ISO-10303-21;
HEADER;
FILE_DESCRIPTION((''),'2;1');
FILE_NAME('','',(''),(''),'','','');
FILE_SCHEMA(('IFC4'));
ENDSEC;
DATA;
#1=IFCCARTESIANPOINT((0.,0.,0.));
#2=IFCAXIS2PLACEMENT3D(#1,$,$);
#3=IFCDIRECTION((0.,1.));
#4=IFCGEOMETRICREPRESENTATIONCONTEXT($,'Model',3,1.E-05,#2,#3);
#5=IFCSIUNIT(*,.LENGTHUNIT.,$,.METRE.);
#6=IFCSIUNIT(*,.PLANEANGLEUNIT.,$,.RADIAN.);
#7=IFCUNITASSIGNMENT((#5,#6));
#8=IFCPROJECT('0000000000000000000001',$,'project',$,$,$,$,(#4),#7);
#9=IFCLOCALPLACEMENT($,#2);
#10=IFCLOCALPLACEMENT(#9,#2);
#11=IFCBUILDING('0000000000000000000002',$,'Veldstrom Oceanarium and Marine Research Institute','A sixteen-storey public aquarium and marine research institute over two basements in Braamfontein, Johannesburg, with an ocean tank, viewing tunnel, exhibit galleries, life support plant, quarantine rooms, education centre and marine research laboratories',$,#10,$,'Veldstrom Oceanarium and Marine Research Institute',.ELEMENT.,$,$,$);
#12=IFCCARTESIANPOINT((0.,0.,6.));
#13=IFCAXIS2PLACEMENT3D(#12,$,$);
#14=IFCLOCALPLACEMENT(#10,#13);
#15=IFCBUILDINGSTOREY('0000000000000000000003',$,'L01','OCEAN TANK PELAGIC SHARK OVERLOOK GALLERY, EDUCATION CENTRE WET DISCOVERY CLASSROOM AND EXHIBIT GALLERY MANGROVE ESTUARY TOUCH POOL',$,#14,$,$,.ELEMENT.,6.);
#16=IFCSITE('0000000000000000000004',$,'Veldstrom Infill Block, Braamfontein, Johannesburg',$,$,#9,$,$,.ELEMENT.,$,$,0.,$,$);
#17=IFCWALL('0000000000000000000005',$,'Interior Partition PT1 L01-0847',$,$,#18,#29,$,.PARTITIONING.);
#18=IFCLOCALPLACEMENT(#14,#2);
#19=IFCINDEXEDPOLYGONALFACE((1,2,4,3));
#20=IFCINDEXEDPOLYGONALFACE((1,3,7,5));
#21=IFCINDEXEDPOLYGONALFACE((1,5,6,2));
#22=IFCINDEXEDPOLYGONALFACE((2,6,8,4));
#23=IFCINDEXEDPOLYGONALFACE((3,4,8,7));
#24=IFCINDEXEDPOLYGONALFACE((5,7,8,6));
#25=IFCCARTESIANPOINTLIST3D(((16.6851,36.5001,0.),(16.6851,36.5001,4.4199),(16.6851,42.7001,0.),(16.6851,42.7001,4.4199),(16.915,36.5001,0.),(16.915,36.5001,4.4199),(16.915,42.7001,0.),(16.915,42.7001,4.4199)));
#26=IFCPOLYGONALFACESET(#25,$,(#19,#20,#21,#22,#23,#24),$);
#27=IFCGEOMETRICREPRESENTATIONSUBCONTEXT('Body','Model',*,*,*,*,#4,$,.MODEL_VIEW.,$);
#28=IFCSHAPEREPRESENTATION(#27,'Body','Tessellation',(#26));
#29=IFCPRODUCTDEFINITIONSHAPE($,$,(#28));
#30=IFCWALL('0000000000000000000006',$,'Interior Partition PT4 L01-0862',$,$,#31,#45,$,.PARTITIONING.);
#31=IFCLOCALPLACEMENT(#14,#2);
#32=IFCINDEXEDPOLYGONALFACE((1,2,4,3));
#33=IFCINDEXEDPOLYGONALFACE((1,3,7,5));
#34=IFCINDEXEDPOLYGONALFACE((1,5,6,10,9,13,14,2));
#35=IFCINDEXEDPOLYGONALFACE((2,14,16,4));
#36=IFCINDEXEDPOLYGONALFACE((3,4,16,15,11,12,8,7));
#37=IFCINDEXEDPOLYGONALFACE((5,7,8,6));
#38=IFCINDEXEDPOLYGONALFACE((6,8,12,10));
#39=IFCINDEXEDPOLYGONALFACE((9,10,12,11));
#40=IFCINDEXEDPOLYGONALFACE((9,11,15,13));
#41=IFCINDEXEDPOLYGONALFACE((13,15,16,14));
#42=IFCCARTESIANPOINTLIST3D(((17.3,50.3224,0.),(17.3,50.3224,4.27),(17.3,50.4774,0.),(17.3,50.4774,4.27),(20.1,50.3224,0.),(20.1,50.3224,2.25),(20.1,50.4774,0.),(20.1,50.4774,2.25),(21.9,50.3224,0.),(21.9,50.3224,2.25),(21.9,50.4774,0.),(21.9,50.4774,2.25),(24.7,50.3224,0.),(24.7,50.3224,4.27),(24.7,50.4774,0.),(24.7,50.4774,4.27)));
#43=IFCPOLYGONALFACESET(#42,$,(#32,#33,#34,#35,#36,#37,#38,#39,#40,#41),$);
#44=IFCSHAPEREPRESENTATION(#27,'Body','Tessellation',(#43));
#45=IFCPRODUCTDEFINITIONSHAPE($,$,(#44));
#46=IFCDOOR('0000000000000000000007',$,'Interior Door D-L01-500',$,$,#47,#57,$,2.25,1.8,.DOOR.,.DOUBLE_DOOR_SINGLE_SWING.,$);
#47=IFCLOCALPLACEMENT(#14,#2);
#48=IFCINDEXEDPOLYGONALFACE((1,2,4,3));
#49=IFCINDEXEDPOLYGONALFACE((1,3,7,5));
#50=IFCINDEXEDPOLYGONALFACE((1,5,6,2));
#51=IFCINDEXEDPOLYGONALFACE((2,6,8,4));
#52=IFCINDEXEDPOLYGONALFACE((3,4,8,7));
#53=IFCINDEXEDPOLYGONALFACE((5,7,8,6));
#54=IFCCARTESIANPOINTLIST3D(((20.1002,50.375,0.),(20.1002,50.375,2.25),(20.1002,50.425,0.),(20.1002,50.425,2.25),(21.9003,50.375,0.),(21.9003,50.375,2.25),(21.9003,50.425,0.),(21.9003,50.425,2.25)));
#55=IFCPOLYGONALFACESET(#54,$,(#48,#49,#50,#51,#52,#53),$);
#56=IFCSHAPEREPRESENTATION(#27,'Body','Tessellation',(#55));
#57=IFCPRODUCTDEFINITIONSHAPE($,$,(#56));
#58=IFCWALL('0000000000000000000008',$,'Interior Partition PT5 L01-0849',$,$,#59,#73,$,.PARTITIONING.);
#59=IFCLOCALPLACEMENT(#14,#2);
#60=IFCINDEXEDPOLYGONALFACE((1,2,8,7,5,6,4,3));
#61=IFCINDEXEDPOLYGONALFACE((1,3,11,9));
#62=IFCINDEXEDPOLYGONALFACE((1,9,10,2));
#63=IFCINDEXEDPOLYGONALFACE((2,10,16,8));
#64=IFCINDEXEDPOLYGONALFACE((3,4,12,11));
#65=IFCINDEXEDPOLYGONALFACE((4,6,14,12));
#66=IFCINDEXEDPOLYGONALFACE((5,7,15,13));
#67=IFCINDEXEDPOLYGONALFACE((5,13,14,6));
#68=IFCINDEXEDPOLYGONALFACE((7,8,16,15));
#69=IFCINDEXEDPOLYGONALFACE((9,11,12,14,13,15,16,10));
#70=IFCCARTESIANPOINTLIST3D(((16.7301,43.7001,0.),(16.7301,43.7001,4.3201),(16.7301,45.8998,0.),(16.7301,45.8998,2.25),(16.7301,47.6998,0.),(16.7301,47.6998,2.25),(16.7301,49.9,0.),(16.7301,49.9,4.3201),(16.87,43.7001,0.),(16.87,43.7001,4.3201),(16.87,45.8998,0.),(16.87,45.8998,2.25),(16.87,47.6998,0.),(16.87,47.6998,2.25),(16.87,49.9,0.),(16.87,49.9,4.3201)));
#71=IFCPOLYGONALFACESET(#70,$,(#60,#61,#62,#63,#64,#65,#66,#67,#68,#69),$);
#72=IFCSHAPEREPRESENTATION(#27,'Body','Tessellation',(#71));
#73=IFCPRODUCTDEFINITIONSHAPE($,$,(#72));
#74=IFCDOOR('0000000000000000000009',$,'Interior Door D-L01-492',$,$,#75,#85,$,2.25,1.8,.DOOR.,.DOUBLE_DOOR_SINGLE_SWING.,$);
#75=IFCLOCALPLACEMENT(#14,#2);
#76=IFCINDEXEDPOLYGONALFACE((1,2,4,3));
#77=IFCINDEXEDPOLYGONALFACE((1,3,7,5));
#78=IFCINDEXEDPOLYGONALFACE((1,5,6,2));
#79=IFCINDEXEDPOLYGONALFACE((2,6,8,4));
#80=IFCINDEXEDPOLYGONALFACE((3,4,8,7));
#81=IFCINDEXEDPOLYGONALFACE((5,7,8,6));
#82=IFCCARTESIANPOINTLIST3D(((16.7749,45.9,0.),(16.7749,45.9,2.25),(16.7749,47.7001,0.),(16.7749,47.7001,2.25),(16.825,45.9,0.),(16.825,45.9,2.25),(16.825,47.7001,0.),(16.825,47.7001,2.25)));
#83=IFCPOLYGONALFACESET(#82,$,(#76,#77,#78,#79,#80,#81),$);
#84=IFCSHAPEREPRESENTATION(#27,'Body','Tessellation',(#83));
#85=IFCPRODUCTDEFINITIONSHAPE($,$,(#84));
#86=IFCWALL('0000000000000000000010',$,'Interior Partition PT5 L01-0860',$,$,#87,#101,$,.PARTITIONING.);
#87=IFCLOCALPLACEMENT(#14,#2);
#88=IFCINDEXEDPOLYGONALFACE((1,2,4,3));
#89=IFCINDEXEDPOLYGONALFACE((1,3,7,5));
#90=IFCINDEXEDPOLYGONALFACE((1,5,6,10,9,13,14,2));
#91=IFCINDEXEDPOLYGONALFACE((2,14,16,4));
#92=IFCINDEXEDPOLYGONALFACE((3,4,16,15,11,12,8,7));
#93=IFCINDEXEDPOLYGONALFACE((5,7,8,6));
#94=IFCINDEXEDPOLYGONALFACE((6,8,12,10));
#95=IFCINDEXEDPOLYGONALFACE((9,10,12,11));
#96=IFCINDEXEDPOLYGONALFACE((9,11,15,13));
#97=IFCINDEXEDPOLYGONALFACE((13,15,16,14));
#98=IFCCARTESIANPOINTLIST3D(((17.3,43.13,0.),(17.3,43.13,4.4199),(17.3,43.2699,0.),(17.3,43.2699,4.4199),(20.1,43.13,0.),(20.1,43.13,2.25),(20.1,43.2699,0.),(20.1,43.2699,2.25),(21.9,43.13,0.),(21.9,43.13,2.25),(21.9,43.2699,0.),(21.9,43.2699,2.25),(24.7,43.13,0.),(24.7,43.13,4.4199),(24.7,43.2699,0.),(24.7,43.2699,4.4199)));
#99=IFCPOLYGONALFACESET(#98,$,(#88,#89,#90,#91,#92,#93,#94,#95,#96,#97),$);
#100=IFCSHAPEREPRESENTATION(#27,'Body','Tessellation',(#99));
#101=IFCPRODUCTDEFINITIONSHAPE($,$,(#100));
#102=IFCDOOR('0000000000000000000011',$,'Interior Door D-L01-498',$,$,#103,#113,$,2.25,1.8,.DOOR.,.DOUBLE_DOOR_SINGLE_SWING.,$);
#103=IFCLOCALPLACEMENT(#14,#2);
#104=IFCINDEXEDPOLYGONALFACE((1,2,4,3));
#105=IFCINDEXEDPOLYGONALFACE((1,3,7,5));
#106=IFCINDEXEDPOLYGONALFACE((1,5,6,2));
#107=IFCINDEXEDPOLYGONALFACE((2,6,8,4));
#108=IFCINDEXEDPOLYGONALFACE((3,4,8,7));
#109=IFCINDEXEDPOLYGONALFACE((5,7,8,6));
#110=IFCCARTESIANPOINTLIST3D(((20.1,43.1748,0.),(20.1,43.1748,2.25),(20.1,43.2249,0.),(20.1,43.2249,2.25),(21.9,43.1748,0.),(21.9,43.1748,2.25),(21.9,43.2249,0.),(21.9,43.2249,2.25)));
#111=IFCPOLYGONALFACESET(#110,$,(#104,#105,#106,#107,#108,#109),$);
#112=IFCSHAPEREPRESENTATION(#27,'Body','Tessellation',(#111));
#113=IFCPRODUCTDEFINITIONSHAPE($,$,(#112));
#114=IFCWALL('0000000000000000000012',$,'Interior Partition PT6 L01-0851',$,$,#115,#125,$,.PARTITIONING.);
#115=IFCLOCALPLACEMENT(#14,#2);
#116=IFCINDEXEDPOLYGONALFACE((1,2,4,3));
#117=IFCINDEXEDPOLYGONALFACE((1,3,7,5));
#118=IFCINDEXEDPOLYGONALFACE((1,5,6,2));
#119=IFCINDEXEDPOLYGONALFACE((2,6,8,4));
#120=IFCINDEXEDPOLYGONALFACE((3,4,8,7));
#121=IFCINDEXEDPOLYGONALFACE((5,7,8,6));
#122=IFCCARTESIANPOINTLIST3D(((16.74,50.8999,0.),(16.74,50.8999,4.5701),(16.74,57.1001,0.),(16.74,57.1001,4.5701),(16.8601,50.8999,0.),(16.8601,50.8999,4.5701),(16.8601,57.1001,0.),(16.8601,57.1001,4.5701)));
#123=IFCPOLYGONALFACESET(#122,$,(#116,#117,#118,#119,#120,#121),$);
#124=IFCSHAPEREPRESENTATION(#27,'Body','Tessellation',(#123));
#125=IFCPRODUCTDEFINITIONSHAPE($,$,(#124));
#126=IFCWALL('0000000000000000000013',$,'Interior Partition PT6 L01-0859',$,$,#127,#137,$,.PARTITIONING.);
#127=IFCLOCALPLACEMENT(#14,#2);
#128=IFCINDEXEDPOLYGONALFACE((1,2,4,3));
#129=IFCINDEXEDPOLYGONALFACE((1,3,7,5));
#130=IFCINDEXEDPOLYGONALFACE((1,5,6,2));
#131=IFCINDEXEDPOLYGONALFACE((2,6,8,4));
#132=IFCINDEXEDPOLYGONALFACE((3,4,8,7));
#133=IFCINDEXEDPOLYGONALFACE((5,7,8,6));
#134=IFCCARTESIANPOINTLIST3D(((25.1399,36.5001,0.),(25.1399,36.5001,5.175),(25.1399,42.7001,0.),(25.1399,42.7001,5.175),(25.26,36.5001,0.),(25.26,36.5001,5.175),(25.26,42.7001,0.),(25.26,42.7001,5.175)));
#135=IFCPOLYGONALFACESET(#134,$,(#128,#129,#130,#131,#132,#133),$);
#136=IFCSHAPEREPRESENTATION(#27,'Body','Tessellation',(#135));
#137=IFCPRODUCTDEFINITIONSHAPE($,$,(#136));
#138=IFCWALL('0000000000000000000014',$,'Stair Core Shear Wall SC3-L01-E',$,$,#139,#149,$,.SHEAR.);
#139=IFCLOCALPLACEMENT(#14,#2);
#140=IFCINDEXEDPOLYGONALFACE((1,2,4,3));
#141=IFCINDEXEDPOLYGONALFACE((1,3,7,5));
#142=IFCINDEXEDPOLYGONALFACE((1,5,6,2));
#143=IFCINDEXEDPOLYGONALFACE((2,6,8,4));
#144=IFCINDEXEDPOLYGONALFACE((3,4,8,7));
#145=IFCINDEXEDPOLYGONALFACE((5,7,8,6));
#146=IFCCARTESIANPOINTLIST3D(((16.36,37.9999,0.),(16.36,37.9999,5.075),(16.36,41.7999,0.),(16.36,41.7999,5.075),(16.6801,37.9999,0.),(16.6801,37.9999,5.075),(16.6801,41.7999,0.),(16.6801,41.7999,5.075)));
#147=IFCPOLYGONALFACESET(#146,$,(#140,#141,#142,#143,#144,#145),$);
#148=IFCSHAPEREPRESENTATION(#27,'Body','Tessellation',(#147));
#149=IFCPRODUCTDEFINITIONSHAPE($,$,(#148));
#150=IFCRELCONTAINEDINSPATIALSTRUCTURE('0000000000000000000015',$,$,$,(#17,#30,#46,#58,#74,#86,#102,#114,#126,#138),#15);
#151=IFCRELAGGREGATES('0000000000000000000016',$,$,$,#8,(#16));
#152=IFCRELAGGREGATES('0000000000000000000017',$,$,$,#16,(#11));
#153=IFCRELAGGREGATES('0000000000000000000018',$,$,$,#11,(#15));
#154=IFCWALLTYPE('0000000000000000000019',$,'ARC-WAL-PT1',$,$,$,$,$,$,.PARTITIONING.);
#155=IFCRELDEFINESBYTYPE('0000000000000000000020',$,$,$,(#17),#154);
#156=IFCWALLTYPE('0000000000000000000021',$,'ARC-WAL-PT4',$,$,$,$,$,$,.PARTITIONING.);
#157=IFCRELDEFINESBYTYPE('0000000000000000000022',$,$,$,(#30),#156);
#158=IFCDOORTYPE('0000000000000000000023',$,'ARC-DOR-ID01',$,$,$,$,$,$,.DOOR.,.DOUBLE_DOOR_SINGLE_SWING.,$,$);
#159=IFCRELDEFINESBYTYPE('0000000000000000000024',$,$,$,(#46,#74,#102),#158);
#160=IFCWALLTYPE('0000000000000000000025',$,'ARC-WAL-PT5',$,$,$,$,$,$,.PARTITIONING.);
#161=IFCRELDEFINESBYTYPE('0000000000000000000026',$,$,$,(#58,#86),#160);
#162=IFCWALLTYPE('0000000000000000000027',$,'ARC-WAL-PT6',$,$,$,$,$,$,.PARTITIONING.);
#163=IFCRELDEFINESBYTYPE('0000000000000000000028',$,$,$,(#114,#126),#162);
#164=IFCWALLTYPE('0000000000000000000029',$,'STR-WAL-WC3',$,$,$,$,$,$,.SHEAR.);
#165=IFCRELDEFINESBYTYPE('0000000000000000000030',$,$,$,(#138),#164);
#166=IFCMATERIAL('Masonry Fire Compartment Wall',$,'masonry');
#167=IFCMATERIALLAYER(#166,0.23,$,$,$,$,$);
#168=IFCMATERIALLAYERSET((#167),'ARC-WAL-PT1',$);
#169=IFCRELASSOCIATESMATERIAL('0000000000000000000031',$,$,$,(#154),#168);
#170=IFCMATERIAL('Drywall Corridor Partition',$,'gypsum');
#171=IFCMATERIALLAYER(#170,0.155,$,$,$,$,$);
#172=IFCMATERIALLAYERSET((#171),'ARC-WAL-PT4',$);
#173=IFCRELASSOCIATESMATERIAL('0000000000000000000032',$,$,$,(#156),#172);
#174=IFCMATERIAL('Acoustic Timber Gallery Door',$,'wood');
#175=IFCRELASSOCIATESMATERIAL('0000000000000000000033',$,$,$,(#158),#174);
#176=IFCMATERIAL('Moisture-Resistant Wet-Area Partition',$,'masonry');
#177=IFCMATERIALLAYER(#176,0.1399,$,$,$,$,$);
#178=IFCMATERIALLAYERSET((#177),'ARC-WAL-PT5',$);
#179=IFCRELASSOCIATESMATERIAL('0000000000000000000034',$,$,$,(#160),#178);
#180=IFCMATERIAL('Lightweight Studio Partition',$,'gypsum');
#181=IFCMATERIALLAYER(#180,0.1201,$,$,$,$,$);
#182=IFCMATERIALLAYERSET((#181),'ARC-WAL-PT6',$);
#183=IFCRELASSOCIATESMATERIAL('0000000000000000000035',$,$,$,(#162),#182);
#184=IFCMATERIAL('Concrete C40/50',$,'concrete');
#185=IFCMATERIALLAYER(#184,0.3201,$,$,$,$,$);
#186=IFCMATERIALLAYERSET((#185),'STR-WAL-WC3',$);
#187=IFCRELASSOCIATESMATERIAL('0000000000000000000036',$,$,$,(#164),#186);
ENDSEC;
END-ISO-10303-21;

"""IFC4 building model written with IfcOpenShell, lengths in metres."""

from ifc_helpers import new_model, si_unit, direction, frame, frame_2d, origin, place, context, subcontext, project, spatial, rectangle, extrude, material, layer, layer_set, type_object, element, fill, save


model = new_model("IFC4")

# Units and contexts
model_context = context("Model", 3, precision=1e-05, world=origin(), true_north=direction((0.0, 1.0)))
body_context = subcontext(model_context, "Body", "Model", "MODEL_VIEW")
ifc_project = project(units=[si_unit("LENGTHUNIT", "METRE"), si_unit("PLANEANGLEUNIT", "RADIAN")], contexts=[model_context])

# Site, building, storey
site_placement = place(None, origin())
site = spatial("IfcSite", under=ifc_project, at=site_placement, Name="Veldstrom Infill Block, Braamfontein, Johannesburg", CompositionType="ELEMENT", RefElevation=0.0)
building_placement = place(site_placement, origin())
building = spatial("IfcBuilding", under=site, at=building_placement, Name="Veldstrom Oceanarium and Marine Research Institute", Description="A sixteen-storey public aquarium and marine research institute over two basements in Braamfontein, Johannesburg, with an ocean tank, viewing tunnel, exhibit galleries, life support plant, quarantine rooms, education centre and marine research laboratories", LongName="Veldstrom Oceanarium and Marine Research Institute", CompositionType="ELEMENT")
storey_placement = place(building_placement, frame((0.0, 0.0, 6.0)))
storey = spatial("IfcBuildingStorey", under=building, at=storey_placement, Name="L01", Description="OCEAN TANK PELAGIC SHARK OVERLOOK GALLERY, EDUCATION CENTRE WET DISCOVERY CLASSROOM AND EXHIBIT GALLERY MANGROVE ESTUARY TOUCH POOL", CompositionType="ELEMENT", Elevation=6.0)

# Wall
ifc_material_1 = material(Name="Masonry Fire Compartment Wall", Category="masonry")
ifc_layer_1 = layer(ifc_material_1, 0.23)
ifc_layer_set_1 = layer_set([ifc_layer_1], Name="ARC-WAL-PT1")
wall_type_1 = type_object("IfcWallType", Name="ARC-WAL-PT1", PredefinedType="PARTITIONING", material=ifc_layer_set_1)
wall_1_placement = place(storey_placement, frame((16.8, 36.5, 0.0), z_axis=(0.0, 0.0, 1.0), x_axis=(0.0, 1.0, 0.0)))
element("IfcWall", 1, at=wall_1_placement, inside=storey, type_object=wall_type_1, Name="Interior Partition PT1 L01-0847", PredefinedType="PARTITIONING", context=body_context, shape_type="SweptSolid", body=[
    extrude(rectangle(XDim=6.2, YDim=0.23, at=frame_2d((3.1001, 0.0))), origin(), (0.0, 0.0, 1.0), 4.4199),
])

# Walls, openings, doors
ifc_material_2 = material(Name="Drywall Corridor Partition", Category="gypsum")
ifc_layer_2 = layer(ifc_material_2, 0.155)
ifc_layer_set_2 = layer_set([ifc_layer_2], Name="ARC-WAL-PT4")
wall_type_2 = type_object("IfcWallType", Name="ARC-WAL-PT4", PredefinedType="PARTITIONING", material=ifc_layer_set_2)
wall_2_placement = place(storey_placement, frame((17.3, 50.3999, 0.0), z_axis=(0.0, 0.0, 1.0), x_axis=(1.0, 0.0, 0.0)))
wall_2 = element("IfcWall", 2, at=wall_2_placement, inside=storey, type_object=wall_type_2, Name="Interior Partition PT4 L01-0862", PredefinedType="PARTITIONING", context=body_context, shape_type="SweptSolid", body=[
    extrude(rectangle(XDim=7.3999, YDim=0.155, at=frame_2d((3.7, 0.0))), origin(), (0.0, 0.0, 1.0), 4.27),
])
opening_1_placement = place(wall_2_placement, frame((2.8, 0.0, 0.0)))
opening_1 = element("IfcOpeningElement", 3, at=opening_1_placement, cuts=wall_2, PredefinedType="OPENING", context=body_context, shape_type="SweptSolid", body=[
    extrude(rectangle(XDim=1.8, YDim=2.25, at=frame_2d((0.8999, 1.125))), frame((0.0, 0.0874, 0.0), z_axis=(0.0, -1.0, 0.0), x_axis=(1.0, 0.0, 0.0)), (0.0, 0.0, 1.0), 0.175),
])
ifc_material_3 = material(Name="Acoustic Timber Gallery Door", Category="wood")
door_type = type_object("IfcDoorType", Name="ARC-DOR-ID01", OperationType="DOUBLE_DOOR_SINGLE_SWING", PredefinedType="DOOR", material=ifc_material_3)
door_1_placement = place(opening_1_placement, frame((1.8, 0.0, 0.0), z_axis=(0.0, 0.0, 1.0), x_axis=(-1.0, 0.0, 0.0)))
door_1 = element("IfcDoor", 4, at=door_1_placement, inside=storey, type_object=door_type, Name="Interior Door D-L01-500", OperationType="DOUBLE_DOOR_SINGLE_SWING", OverallHeight=2.25, OverallWidth=1.8, PredefinedType="DOOR", context=body_context, shape_type="SweptSolid", body=[
    extrude(rectangle(XDim=1.8, YDim=2.25, at=frame_2d((0.8999, 1.125))), frame((0.0, 0.0249, 0.0), z_axis=(0.0, -1.0, 0.0), x_axis=(1.0, 0.0, 0.0)), (0.0, 0.0, 1.0), 0.05),
])
fill(opening_1, door_1)
ifc_material_4 = material(Name="Moisture-Resistant Wet-Area Partition", Category="masonry")
ifc_layer_3 = layer(ifc_material_4, 0.1399)
ifc_layer_set_3 = layer_set([ifc_layer_3], Name="ARC-WAL-PT5")
wall_type_3 = type_object("IfcWallType", Name="ARC-WAL-PT5", PredefinedType="PARTITIONING", material=ifc_layer_set_3)
wall_3_placement = place(storey_placement, frame((16.8, 43.7, 0.0), z_axis=(0.0, 0.0, 1.0), x_axis=(0.0, 1.0, 0.0)))
wall_3 = element("IfcWall", 5, at=wall_3_placement, inside=storey, type_object=wall_type_3, Name="Interior Partition PT5 L01-0849", PredefinedType="PARTITIONING", context=body_context, shape_type="SweptSolid", body=[
    extrude(rectangle(XDim=6.2, YDim=0.1399, at=frame_2d((3.1001, 0.0))), origin(), (0.0, 0.0, 1.0), 4.3201),
])
opening_2_placement = place(wall_3_placement, frame((2.2, 0.0, 0.0)))
opening_2 = element("IfcOpeningElement", 6, at=opening_2_placement, cuts=wall_3, PredefinedType="OPENING", context=body_context, shape_type="SweptSolid", body=[
    extrude(rectangle(XDim=1.8, YDim=2.25, at=frame_2d((0.8999, 1.125))), frame((0.0, 0.0798, 0.0), z_axis=(0.0, -1.0, 0.0), x_axis=(1.0, 0.0, 0.0)), (0.0, 0.0, 1.0), 0.1599),
])
door_2_placement = place(opening_2_placement, frame((1.8, 0.0, 0.0), z_axis=(0.0, 0.0, 1.0), x_axis=(-1.0, 0.0, 0.0)))
door_2 = element("IfcDoor", 7, at=door_2_placement, inside=storey, type_object=door_type, Name="Interior Door D-L01-492", OperationType="DOUBLE_DOOR_SINGLE_SWING", OverallHeight=2.25, OverallWidth=1.8, PredefinedType="DOOR", context=body_context, shape_type="SweptSolid", body=[
    extrude(rectangle(XDim=1.8, YDim=2.25, at=frame_2d((0.8999, 1.125))), frame((0.0, 0.0249, 0.0), z_axis=(0.0, -1.0, 0.0), x_axis=(1.0, 0.0, 0.0)), (0.0, 0.0, 1.0), 0.05),
])
fill(opening_2, door_2)
wall_4_placement = place(storey_placement, frame((17.3, 43.2, 0.0), z_axis=(0.0, 0.0, 1.0), x_axis=(1.0, 0.0, 0.0)))
wall_4 = element("IfcWall", 8, at=wall_4_placement, inside=storey, type_object=wall_type_3, Name="Interior Partition PT5 L01-0860", PredefinedType="PARTITIONING", context=body_context, shape_type="SweptSolid", body=[
    extrude(rectangle(XDim=7.3999, YDim=0.1399, at=frame_2d((3.7, 0.0))), origin(), (0.0, 0.0, 1.0), 4.4199),
])
opening_3_placement = place(wall_4_placement, frame((2.8, 0.0, 0.0)))
opening_3 = element("IfcOpeningElement", 9, at=opening_3_placement, cuts=wall_4, PredefinedType="OPENING", context=body_context, shape_type="SweptSolid", body=[
    extrude(rectangle(XDim=1.8, YDim=2.25, at=frame_2d((0.8999, 1.125))), frame((0.0, 0.0798, 0.0), z_axis=(0.0, -1.0, 0.0), x_axis=(1.0, 0.0, 0.0)), (0.0, 0.0, 1.0), 0.1599),
])
door_3_placement = place(opening_3_placement, origin())
door_3 = element("IfcDoor", 10, at=door_3_placement, inside=storey, type_object=door_type, Name="Interior Door D-L01-498", OperationType="DOUBLE_DOOR_SINGLE_SWING", OverallHeight=2.25, OverallWidth=1.8, PredefinedType="DOOR", context=body_context, shape_type="SweptSolid", body=[
    extrude(rectangle(XDim=1.8, YDim=2.25, at=frame_2d((0.8999, 1.125))), frame((0.0, 0.0249, 0.0), z_axis=(0.0, -1.0, 0.0), x_axis=(1.0, 0.0, 0.0)), (0.0, 0.0, 1.0), 0.05),
])
fill(opening_3, door_3)

# Walls
ifc_material_5 = material(Name="Lightweight Studio Partition", Category="gypsum")
ifc_layer_4 = layer(ifc_material_5, 0.1201)
ifc_layer_set_4 = layer_set([ifc_layer_4], Name="ARC-WAL-PT6")
wall_type_4 = type_object("IfcWallType", Name="ARC-WAL-PT6", PredefinedType="PARTITIONING", material=ifc_layer_set_4)
wall_5_placement = place(storey_placement, frame((16.8, 50.8999, 0.0), z_axis=(0.0, 0.0, 1.0), x_axis=(0.0, 1.0, 0.0)))
element("IfcWall", 11, at=wall_5_placement, inside=storey, type_object=wall_type_4, Name="Interior Partition PT6 L01-0851", PredefinedType="PARTITIONING", context=body_context, shape_type="SweptSolid", body=[
    extrude(rectangle(XDim=6.2002, YDim=0.1201, at=frame_2d((3.1001, 0.0))), origin(), (0.0, 0.0, 1.0), 4.5701),
])
wall_6_placement = place(storey_placement, frame((25.2, 36.5, 0.0), z_axis=(0.0, 0.0, 1.0), x_axis=(0.0, 1.0, 0.0)))
element("IfcWall", 12, at=wall_6_placement, inside=storey, type_object=wall_type_4, Name="Interior Partition PT6 L01-0859", PredefinedType="PARTITIONING", context=body_context, shape_type="SweptSolid", body=[
    extrude(rectangle(XDim=6.2, YDim=0.1201, at=frame_2d((3.1001, 0.0))), origin(), (0.0, 0.0, 1.0), 5.175),
])
ifc_material_6 = material(Name="Concrete C40/50", Category="concrete")
ifc_layer_5 = layer(ifc_material_6, 0.3201)
ifc_layer_set_5 = layer_set([ifc_layer_5], Name="STR-WAL-WC3")
wall_type_5 = type_object("IfcWallType", Name="STR-WAL-WC3", PredefinedType="SHEAR", material=ifc_layer_set_5)
wall_7_placement = place(storey_placement, frame((16.52, 38.0, 0.0), z_axis=(0.0, 0.0, 1.0), x_axis=(0.0, 1.0, 0.0)))
element("IfcWall", 13, at=wall_7_placement, inside=storey, type_object=wall_type_5, Name="Stair Core Shear Wall SC3-L01-E", PredefinedType="SHEAR", context=body_context, shape_type="SweptSolid", body=[
    extrude(rectangle(XDim=3.8, YDim=0.3201, at=frame_2d((1.8999, 0.0))), origin(), (0.0, 0.0, 1.0), 5.075),
])

save(model, "model.ifc")
